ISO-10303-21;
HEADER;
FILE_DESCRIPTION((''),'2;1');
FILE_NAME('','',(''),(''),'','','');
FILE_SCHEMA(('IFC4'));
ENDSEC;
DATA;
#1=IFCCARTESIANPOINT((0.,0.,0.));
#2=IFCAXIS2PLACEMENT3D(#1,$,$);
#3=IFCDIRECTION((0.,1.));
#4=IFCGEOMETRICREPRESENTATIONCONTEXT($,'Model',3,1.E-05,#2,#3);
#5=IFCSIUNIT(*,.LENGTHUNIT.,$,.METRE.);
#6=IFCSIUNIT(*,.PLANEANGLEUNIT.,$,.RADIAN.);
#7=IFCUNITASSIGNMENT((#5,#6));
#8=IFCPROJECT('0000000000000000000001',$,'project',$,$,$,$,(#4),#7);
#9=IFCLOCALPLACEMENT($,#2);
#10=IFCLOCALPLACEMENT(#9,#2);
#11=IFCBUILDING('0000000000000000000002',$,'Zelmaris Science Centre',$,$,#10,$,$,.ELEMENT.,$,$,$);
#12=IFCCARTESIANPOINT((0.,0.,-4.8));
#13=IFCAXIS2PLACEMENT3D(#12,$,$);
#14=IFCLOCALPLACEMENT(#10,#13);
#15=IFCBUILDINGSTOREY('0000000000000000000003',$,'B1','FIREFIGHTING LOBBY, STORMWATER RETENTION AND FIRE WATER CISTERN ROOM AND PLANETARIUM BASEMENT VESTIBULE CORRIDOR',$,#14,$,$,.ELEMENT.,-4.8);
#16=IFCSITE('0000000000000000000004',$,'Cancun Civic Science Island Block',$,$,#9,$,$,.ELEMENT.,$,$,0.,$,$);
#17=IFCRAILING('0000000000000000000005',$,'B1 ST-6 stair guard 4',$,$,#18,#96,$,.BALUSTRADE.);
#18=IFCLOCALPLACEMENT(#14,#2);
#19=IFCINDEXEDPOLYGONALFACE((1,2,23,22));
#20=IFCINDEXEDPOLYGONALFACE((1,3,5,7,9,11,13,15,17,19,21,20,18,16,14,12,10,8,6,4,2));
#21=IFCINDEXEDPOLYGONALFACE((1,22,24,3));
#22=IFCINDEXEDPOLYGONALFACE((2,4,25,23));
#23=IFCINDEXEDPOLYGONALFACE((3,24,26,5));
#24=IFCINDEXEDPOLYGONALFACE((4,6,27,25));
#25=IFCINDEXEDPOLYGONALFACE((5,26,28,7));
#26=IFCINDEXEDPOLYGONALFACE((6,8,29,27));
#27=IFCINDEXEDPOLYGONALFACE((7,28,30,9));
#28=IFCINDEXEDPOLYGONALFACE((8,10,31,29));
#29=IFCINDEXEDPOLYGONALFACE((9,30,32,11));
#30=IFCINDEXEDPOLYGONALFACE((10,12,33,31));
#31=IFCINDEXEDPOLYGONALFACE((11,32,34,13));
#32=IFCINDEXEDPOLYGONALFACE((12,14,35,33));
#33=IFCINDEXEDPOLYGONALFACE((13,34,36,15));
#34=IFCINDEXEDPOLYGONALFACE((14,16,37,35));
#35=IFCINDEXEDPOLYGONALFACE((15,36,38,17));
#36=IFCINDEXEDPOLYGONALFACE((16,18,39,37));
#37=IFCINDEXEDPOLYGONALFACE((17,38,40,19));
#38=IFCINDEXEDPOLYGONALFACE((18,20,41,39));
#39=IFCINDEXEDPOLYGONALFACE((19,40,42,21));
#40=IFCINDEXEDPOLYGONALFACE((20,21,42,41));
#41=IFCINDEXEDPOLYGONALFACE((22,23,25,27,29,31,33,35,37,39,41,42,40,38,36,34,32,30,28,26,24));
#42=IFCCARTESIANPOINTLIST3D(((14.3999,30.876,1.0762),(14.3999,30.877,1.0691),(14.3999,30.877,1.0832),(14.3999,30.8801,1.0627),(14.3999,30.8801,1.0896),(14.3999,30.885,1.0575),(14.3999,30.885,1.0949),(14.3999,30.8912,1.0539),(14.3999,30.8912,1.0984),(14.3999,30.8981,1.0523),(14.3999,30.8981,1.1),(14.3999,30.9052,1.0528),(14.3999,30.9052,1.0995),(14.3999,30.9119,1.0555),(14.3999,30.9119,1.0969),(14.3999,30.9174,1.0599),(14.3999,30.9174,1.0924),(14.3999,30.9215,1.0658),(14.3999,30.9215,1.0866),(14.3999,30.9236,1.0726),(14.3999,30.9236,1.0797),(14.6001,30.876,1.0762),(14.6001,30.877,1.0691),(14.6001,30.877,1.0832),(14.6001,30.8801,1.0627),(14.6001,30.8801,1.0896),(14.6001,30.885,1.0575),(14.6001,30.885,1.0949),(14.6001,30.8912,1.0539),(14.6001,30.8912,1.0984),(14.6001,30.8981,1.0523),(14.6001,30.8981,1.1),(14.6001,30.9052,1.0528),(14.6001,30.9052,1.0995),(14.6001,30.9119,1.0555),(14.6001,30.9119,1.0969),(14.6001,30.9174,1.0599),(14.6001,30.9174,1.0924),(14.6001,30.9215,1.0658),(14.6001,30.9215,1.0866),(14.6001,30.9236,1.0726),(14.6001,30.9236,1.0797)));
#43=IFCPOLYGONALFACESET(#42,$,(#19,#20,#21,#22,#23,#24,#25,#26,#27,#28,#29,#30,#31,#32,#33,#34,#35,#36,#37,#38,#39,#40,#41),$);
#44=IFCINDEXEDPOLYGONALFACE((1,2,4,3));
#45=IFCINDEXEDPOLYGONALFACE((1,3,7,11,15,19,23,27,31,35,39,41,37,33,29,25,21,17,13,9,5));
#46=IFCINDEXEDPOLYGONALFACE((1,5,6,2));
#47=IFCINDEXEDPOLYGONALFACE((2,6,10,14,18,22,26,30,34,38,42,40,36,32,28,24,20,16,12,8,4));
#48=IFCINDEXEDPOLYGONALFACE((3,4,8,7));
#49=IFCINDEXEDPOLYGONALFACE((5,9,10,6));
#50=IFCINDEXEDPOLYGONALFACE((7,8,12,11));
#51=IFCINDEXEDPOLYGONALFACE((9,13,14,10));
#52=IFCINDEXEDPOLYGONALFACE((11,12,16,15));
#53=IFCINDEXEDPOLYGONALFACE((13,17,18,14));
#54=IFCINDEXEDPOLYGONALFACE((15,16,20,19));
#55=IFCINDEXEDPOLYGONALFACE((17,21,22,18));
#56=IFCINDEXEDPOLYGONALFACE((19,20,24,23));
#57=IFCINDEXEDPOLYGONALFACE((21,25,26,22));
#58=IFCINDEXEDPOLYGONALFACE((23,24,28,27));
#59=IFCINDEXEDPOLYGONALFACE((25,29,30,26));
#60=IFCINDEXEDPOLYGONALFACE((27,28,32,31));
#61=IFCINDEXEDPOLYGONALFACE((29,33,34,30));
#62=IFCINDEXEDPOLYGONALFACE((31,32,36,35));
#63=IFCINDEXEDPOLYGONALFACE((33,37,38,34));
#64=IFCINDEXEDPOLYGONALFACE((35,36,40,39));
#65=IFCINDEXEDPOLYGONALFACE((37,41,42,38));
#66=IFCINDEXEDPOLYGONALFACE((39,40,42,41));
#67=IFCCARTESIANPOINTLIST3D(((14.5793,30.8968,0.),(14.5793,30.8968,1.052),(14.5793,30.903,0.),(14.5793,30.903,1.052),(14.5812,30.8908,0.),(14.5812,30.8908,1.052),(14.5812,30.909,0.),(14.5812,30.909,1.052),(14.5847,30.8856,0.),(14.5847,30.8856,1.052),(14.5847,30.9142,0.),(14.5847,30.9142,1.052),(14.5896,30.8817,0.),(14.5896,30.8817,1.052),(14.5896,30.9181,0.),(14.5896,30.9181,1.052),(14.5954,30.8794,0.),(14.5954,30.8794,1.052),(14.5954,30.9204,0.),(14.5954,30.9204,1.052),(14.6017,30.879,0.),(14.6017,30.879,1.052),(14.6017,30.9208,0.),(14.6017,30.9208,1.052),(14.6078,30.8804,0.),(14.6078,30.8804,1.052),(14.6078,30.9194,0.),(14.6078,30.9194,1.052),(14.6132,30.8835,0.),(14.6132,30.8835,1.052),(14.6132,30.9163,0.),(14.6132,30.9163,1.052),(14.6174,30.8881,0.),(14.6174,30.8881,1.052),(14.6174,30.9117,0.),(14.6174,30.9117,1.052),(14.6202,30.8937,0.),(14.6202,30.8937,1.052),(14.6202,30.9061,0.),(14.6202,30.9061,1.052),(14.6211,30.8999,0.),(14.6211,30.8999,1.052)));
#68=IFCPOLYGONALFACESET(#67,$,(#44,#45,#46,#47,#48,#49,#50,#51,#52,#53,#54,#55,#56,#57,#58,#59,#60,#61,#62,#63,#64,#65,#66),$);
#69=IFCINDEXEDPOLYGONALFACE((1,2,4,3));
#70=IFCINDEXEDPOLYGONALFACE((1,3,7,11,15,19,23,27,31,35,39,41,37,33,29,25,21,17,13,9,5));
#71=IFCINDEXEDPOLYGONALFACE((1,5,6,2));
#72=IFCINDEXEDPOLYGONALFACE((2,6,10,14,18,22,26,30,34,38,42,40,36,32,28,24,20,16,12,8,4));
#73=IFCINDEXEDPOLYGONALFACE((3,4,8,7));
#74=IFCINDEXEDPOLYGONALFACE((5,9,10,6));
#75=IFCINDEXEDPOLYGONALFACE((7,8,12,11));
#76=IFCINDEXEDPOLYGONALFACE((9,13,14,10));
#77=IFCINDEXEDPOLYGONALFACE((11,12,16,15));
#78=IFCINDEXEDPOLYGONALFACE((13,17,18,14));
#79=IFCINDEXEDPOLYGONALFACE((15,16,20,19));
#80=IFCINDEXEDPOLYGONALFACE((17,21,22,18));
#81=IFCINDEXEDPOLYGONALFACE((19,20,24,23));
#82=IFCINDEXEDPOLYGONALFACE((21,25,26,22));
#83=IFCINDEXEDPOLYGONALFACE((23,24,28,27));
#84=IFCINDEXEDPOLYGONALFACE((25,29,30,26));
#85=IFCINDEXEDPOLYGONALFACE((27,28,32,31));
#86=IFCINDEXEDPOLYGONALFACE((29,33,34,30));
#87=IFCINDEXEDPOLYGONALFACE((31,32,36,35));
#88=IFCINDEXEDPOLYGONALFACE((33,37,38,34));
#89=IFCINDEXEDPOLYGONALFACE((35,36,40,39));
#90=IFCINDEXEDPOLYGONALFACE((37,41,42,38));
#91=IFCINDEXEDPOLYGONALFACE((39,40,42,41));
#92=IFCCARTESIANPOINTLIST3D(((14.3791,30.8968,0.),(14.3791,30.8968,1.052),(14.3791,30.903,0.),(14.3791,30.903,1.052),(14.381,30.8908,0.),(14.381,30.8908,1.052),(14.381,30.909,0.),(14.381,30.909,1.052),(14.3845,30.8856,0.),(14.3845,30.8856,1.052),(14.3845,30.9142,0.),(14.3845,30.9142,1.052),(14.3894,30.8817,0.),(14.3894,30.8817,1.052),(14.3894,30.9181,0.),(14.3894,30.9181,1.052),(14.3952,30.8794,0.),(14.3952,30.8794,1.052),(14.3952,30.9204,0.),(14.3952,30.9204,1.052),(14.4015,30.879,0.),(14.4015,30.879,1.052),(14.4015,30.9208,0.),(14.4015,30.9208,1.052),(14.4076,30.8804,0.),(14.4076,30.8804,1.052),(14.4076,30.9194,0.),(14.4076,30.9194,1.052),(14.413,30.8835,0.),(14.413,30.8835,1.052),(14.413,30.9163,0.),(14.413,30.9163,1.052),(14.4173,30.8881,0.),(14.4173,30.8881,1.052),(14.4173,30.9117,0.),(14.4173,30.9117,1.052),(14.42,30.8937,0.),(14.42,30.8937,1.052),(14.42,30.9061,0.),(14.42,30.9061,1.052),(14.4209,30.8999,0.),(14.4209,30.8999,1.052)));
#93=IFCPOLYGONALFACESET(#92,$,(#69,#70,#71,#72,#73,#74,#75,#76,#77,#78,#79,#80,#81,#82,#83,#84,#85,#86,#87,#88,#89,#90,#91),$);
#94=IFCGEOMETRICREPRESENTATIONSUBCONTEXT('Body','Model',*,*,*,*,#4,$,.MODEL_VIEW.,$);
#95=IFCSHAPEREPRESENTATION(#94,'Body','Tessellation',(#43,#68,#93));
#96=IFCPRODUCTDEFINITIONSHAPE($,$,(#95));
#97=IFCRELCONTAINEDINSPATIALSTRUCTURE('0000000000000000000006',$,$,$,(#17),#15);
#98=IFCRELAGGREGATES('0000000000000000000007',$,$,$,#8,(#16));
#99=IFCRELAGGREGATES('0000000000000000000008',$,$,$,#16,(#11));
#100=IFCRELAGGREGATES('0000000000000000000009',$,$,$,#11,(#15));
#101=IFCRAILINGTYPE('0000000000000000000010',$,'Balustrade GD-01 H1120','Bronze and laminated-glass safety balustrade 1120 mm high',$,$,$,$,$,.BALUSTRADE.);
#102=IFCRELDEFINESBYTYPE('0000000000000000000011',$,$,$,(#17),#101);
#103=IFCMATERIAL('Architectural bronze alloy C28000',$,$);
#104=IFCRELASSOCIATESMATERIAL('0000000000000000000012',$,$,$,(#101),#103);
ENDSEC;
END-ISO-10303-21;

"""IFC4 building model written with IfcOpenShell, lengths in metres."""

from ifc_helpers import new_model, si_unit, direction, frame, origin, origin_2d, place, context, subcontext, project, spatial, circle, extrude, material, type_object, element, save


model = new_model("IFC4")

# Units and contexts
model_context = context("Model", 3, precision=1e-05, world=origin(), true_north=direction((0.0, 1.0)))
body_context = subcontext(model_context, "Body", "Model", "MODEL_VIEW")
ifc_project = project(units=[si_unit("LENGTHUNIT", "METRE"), si_unit("PLANEANGLEUNIT", "RADIAN")], contexts=[model_context])

# Site, building, storey
site_placement = place(None, origin())
site = spatial("IfcSite", under=ifc_project, at=site_placement, Name="Cancun Civic Science Island Block", CompositionType="ELEMENT", RefElevation=0.0)
building_placement = place(site_placement, origin())
building = spatial("IfcBuilding", under=site, at=building_placement, Name="Zelmaris Science Centre", CompositionType="ELEMENT")
storey_placement = place(building_placement, frame((0.0, 0.0, -4.8)))
storey = spatial("IfcBuildingStorey", under=building, at=storey_placement, Name="B1", Description="FIREFIGHTING LOBBY, STORMWATER RETENTION AND FIRE WATER CISTERN ROOM AND PLANETARIUM BASEMENT VESTIBULE CORRIDOR", CompositionType="ELEMENT", Elevation=-4.8)

# Railing
ifc_material_1 = material(Name="Architectural bronze alloy C28000")
railing_type = type_object("IfcRailingType", Name="Balustrade GD-01 H1120", Description="Bronze and laminated-glass safety balustrade 1120 mm high", PredefinedType="BALUSTRADE", material=ifc_material_1)
railing_1_placement = place(storey_placement, frame((14.6001, 30.8999, 0.0)))
element("IfcRailing", 1, at=railing_1_placement, inside=storey, type_object=railing_type, Name="B1 ST-6 stair guard 4", PredefinedType="BALUSTRADE", context=body_context, shape_type="SweptSolid", body=[
    extrude(circle(Radius=0.0239, at=origin_2d()), frame((0.0, 0.0, 1.0762), z_axis=(-1.0, 0.0, 0.0), x_axis=(0.0, -1.0, 0.0)), (0.0, 0.0, 1.0), 0.2002),
    extrude(circle(Radius=0.021, at=origin_2d()), origin(), (0.0, 0.0, 1.0), 1.052),
    extrude(circle(Radius=0.021, at=origin_2d()), frame((-0.2002, 0.0, 0.0)), (0.0, 0.0, 1.0), 1.052),
])

save(model, "model.ifc")
